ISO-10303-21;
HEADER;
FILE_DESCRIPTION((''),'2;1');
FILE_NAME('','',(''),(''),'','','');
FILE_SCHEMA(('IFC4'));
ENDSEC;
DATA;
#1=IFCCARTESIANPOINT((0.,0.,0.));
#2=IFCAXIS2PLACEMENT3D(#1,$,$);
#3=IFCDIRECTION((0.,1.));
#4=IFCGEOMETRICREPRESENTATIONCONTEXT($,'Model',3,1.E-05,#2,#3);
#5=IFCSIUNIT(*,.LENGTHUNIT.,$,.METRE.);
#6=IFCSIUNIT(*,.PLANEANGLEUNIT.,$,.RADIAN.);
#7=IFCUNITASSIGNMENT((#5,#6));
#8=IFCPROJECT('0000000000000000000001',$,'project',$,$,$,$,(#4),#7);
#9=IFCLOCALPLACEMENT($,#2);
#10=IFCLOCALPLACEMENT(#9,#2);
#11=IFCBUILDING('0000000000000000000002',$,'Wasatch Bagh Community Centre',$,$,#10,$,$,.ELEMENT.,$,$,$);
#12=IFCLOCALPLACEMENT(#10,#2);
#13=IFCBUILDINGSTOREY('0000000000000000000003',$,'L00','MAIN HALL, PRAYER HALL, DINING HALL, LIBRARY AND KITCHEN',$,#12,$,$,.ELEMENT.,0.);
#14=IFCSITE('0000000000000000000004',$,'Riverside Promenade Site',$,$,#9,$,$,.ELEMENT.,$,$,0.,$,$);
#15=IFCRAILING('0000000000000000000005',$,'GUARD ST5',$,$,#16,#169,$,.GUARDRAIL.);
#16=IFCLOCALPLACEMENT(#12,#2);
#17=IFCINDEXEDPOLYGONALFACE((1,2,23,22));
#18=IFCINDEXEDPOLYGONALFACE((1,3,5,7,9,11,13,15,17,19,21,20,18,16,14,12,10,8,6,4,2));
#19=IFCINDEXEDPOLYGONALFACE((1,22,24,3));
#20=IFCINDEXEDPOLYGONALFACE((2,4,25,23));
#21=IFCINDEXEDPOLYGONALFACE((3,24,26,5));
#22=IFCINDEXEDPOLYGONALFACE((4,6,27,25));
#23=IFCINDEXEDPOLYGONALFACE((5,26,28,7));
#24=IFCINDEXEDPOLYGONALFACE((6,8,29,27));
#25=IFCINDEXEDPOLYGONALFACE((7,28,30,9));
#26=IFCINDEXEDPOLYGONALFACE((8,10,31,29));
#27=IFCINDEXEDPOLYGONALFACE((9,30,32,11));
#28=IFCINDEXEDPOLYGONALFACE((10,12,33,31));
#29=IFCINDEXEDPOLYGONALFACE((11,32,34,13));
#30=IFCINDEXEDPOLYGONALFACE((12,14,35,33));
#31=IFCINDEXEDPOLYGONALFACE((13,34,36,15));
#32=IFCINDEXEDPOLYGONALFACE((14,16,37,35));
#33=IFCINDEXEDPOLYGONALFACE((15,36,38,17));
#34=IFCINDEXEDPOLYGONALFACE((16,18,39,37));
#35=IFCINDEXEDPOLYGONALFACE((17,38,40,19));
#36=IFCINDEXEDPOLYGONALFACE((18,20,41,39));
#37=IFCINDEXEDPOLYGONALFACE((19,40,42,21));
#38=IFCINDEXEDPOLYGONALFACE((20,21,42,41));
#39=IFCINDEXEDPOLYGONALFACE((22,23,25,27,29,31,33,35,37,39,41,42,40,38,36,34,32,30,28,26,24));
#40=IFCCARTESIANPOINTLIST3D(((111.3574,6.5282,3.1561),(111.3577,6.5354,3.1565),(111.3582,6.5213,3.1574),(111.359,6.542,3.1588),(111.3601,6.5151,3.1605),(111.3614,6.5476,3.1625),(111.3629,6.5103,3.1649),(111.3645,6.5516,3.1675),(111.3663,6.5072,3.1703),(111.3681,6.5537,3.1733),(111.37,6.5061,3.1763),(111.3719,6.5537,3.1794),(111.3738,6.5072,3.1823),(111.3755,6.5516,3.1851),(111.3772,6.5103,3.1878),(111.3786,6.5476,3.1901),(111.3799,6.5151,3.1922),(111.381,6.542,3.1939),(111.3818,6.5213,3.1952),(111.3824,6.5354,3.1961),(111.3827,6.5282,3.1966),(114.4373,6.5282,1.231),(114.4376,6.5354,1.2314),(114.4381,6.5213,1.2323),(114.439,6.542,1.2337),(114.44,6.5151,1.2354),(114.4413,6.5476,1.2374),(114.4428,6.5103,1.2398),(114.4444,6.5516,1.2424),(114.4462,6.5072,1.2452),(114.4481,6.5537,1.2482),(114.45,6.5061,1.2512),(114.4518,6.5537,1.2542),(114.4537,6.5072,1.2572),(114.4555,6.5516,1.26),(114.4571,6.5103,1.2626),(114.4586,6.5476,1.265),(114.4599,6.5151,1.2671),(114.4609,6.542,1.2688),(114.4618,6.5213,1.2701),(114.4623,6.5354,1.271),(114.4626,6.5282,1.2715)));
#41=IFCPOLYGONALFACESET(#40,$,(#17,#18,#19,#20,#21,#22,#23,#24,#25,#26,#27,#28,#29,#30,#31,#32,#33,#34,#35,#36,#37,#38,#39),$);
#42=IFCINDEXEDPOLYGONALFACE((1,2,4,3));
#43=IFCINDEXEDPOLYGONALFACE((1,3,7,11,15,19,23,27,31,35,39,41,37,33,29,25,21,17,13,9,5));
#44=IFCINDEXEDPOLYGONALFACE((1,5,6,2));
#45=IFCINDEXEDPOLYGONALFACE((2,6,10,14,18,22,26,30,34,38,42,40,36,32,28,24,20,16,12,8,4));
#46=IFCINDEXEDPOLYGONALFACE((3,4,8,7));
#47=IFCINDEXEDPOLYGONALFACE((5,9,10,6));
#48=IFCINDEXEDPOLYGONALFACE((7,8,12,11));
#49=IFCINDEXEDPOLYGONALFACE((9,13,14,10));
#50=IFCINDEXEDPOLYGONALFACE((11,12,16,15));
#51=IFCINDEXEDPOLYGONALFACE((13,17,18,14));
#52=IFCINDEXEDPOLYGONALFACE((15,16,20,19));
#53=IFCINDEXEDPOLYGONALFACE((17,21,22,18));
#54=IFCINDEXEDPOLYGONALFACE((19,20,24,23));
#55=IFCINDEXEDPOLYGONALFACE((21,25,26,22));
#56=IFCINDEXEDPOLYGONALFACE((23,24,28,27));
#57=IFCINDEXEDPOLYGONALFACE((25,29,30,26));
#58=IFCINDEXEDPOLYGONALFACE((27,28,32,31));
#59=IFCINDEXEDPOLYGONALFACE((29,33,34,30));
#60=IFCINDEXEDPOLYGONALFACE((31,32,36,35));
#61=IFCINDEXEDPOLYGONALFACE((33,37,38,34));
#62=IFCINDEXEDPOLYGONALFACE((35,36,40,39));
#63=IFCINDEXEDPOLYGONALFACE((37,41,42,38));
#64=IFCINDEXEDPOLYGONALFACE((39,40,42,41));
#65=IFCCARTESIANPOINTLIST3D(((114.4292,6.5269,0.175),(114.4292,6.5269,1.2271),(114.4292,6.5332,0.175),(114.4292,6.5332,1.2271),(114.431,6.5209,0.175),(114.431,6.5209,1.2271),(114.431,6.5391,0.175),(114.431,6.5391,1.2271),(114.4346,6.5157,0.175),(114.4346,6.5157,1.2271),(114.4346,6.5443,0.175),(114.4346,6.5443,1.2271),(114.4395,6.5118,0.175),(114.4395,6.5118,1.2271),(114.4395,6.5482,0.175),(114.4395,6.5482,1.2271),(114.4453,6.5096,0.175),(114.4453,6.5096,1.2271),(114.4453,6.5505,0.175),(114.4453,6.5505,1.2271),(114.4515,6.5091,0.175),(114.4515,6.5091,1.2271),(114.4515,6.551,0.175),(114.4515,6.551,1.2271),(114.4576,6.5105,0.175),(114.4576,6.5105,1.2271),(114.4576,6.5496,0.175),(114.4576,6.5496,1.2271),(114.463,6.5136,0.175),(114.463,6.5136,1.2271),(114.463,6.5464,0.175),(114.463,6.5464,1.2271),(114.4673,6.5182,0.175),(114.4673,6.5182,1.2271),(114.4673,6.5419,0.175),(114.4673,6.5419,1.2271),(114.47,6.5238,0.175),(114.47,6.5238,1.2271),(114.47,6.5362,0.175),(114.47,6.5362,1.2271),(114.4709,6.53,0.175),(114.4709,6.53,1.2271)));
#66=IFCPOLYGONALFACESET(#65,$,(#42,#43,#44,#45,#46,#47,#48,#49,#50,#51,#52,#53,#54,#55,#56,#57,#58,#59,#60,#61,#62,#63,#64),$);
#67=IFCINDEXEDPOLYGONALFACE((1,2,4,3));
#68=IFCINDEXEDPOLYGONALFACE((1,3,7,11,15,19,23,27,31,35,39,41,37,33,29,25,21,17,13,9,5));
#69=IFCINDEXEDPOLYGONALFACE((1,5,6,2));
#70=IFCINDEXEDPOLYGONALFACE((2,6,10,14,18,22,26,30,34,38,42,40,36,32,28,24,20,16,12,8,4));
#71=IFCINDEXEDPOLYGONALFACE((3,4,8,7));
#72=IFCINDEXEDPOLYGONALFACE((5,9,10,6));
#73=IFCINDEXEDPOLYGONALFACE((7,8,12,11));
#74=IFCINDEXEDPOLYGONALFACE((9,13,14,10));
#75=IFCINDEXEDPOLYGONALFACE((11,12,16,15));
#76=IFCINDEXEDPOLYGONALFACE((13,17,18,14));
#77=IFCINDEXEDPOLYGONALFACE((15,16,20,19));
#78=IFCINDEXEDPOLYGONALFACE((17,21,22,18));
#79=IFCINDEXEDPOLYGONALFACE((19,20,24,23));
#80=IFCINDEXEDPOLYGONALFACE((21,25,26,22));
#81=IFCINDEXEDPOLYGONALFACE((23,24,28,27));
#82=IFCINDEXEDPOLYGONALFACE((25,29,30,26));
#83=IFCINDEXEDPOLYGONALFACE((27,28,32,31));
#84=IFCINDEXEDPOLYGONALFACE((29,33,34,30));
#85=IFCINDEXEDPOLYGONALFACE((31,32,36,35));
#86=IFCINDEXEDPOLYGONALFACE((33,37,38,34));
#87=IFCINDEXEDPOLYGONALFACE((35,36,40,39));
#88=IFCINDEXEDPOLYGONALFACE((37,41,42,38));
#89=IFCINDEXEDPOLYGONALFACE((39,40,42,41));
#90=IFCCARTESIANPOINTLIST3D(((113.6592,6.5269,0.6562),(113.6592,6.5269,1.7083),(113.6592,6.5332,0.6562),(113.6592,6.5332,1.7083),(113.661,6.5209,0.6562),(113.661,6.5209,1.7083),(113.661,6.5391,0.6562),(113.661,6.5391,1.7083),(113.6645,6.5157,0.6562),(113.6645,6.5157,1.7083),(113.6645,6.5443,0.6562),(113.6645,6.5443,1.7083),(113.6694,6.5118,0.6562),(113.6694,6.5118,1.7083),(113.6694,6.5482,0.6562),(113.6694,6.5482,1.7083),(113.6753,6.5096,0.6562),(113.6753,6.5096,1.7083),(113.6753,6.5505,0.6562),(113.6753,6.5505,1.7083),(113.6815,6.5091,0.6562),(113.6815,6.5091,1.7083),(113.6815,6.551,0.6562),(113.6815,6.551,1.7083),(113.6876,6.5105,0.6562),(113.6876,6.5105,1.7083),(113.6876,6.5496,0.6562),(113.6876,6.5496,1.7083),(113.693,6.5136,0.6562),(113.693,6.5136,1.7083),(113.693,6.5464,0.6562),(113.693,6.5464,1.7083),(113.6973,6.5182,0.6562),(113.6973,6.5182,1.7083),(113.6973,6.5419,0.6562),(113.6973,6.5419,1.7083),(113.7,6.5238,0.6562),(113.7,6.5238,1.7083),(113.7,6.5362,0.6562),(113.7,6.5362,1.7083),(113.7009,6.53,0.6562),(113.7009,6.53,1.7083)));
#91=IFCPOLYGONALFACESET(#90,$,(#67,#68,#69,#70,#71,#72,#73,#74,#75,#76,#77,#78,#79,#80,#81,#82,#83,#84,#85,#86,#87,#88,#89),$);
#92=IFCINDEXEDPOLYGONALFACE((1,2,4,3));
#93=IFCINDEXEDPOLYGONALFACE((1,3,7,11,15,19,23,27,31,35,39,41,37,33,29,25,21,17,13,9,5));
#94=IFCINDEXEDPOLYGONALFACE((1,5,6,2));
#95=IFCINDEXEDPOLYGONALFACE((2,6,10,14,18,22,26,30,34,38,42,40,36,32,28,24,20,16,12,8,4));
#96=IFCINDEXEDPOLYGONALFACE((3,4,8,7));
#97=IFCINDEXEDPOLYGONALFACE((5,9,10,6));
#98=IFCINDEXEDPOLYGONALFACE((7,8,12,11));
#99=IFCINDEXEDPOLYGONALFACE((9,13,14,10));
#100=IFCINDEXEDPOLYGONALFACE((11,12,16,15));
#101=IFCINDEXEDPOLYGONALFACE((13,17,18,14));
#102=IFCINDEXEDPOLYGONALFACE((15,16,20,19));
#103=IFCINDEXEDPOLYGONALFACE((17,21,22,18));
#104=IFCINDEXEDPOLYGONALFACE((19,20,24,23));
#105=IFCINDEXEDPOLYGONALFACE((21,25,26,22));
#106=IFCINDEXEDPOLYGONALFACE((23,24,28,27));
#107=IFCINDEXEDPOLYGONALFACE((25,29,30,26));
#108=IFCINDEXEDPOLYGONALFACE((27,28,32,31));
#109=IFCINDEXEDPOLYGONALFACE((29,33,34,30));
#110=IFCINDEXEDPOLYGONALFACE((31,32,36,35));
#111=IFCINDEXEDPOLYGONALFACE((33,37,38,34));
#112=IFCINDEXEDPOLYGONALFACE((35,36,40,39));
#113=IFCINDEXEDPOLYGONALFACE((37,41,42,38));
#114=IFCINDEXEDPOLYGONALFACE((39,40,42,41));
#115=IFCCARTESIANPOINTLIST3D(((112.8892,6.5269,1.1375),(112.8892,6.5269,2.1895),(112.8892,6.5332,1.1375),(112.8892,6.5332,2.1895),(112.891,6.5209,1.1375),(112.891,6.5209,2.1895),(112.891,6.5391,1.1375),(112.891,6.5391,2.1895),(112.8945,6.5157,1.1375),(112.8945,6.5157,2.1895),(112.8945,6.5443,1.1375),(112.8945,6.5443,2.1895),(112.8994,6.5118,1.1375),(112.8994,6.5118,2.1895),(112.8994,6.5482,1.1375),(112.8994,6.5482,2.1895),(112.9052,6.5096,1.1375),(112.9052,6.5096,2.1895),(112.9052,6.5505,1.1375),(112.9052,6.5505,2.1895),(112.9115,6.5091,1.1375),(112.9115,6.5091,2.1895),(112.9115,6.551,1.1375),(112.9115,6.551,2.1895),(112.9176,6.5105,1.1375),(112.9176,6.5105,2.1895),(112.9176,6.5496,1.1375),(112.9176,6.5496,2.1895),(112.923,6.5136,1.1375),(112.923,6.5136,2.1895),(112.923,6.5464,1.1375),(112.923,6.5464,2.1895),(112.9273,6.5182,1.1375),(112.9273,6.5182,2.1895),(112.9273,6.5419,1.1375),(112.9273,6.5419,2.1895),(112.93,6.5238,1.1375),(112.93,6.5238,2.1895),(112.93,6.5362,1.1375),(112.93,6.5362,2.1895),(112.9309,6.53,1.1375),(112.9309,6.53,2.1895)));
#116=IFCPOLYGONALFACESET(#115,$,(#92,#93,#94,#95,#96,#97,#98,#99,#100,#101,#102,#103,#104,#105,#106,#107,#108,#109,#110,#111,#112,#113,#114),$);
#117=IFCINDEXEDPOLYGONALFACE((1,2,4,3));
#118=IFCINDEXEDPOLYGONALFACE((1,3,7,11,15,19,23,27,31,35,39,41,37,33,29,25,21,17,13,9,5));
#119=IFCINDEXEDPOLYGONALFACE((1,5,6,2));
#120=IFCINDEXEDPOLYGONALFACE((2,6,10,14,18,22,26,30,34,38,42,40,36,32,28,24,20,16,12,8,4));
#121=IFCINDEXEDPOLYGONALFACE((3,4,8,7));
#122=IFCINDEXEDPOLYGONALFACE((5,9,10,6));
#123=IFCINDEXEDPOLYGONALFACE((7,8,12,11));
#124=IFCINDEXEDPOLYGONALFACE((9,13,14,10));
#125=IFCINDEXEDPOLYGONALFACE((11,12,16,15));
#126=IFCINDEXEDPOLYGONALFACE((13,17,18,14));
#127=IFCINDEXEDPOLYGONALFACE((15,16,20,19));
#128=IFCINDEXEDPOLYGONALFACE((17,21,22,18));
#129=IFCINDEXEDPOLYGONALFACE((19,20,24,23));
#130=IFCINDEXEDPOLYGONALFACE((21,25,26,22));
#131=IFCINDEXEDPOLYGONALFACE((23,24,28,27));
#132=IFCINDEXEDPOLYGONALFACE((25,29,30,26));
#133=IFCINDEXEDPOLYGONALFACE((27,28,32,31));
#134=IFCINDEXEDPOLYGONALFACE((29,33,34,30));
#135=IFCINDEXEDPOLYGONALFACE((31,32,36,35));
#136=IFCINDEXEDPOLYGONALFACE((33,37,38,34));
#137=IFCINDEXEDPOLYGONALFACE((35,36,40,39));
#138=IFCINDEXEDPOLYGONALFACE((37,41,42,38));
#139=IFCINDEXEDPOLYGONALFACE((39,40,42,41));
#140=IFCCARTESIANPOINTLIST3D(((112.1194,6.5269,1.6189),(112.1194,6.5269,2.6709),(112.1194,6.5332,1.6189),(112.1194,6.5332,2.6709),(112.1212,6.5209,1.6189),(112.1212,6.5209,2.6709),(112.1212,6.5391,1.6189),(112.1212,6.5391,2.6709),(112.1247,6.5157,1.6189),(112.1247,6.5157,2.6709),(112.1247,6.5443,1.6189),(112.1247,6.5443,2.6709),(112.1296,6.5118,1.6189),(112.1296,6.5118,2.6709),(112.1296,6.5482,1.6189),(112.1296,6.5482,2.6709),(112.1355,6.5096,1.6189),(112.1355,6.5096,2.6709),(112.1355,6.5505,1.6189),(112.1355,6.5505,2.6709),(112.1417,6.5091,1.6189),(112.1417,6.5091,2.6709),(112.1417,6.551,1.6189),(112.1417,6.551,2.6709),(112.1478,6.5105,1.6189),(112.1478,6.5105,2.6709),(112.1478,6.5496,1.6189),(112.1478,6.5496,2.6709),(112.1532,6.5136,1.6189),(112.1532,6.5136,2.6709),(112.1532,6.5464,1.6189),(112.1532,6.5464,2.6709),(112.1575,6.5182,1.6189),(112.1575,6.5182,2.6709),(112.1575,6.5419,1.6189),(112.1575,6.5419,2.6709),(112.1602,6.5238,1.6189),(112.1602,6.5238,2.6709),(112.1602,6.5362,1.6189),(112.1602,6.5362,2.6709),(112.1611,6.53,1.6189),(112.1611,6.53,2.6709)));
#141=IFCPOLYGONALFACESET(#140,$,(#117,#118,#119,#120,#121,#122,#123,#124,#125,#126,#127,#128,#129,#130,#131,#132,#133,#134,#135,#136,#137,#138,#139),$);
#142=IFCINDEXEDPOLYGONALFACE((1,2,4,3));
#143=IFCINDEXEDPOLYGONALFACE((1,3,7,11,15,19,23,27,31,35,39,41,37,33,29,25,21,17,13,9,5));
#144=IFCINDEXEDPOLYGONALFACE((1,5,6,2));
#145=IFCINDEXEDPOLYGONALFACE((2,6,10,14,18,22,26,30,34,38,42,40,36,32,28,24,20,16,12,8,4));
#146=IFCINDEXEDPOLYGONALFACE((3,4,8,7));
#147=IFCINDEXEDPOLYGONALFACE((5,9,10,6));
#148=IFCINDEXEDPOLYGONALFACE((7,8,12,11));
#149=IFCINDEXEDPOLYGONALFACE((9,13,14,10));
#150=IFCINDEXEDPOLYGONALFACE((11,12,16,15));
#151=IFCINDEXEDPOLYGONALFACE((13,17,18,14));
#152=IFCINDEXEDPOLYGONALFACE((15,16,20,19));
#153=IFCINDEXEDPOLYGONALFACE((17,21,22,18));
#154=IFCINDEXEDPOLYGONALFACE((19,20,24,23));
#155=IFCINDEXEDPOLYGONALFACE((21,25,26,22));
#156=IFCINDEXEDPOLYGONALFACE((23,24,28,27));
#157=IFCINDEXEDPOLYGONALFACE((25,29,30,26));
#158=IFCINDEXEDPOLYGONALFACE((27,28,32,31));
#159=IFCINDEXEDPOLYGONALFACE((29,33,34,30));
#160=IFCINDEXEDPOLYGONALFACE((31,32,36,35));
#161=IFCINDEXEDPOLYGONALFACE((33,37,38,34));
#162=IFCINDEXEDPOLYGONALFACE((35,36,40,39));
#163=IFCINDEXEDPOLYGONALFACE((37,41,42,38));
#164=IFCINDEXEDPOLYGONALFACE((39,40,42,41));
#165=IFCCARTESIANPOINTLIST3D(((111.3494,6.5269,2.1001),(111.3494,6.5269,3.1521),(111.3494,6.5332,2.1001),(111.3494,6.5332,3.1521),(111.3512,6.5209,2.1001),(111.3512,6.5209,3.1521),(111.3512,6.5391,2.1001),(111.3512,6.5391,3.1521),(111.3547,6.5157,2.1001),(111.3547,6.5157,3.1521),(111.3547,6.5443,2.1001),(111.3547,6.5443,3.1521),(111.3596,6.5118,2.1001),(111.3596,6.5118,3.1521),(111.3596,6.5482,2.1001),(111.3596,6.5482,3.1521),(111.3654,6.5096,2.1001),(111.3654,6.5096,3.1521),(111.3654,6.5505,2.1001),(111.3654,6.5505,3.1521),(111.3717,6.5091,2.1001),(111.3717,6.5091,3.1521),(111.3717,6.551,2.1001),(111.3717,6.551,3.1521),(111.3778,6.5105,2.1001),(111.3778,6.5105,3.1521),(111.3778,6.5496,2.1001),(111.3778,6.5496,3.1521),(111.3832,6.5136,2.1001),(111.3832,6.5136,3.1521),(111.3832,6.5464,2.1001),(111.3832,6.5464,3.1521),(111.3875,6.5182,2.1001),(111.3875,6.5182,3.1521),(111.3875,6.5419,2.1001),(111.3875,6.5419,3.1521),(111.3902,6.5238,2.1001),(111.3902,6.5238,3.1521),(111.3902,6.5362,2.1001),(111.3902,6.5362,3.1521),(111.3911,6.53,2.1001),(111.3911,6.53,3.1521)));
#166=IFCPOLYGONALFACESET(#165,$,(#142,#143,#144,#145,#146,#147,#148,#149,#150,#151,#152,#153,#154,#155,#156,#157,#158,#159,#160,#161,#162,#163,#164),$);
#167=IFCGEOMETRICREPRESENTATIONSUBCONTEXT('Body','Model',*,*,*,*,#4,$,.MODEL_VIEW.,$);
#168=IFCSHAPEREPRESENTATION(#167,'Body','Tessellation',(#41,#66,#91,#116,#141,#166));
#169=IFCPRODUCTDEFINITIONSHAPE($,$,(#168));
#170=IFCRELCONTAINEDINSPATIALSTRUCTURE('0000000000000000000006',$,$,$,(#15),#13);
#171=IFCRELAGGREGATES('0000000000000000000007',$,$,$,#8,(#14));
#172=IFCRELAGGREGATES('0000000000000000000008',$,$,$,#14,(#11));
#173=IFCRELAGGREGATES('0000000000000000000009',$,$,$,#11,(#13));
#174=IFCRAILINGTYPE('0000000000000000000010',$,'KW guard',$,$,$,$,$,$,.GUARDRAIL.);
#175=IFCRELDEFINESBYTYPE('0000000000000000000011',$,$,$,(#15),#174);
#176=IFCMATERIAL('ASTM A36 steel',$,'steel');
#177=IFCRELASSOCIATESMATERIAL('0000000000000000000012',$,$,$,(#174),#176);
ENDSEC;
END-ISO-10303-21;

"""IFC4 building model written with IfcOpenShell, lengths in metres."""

from ifc_helpers import new_model, si_unit, direction, frame, origin, origin_2d, place, context, subcontext, project, spatial, circle, extrude, material, type_object, element, save


model = new_model("IFC4")

# Units and contexts
model_context = context("Model", 3, precision=1e-05, world=origin(), true_north=direction((0.0, 1.0)))
body_context = subcontext(model_context, "Body", "Model", "MODEL_VIEW")
ifc_project = project(units=[si_unit("LENGTHUNIT", "METRE"), si_unit("PLANEANGLEUNIT", "RADIAN")], contexts=[model_context])

# Site, building, storey
site_placement = place(None, origin())
site = spatial("IfcSite", under=ifc_project, at=site_placement, Name="Riverside Promenade Site", CompositionType="ELEMENT", RefElevation=0.0)
building_placement = place(site_placement, origin())
building = spatial("IfcBuilding", under=site, at=building_placement, Name="Wasatch Bagh Community Centre", CompositionType="ELEMENT")
storey_placement = place(building_placement, origin())
storey = spatial("IfcBuildingStorey", under=building, at=storey_placement, Name="L00", Description="MAIN HALL, PRAYER HALL, DINING HALL, LIBRARY AND KITCHEN", CompositionType="ELEMENT", Elevation=0.0)

# Railing
ifc_material_1 = material(Name="ASTM A36 steel", Category="steel")
railing_type_1 = type_object("IfcRailingType", Name="KW guard", PredefinedType="GUARDRAIL", material=ifc_material_1)
for number, where, name in (
    (1, (114.45, 6.53, 0.175), "GUARD ST5"),
):
    element("IfcRailing", number, at=place(storey_placement, frame(where)), inside=storey, type_object=railing_type_1, Name=name, PredefinedType="GUARDRAIL", context=body_context, shape_type="SweptSolid", body=[
        extrude(circle(Radius=0.0239, at=origin_2d()), frame((0.0, 0.0, 1.0762), z_axis=(-0.847979, 0.0, 0.530029), x_axis=(0.0, -1.0, 0.0)), (0.0, 0.0, 1.0), 3.6321),
        extrude(circle(Radius=0.021, at=origin_2d()), origin(), (0.0, 0.0, 1.0), 1.052),
        extrude(circle(Radius=0.021, at=origin_2d()), frame((-0.77, 0.0, 0.4812)), (0.0, 0.0, 1.0), 1.052),
        extrude(circle(Radius=0.021, at=origin_2d()), frame((-1.54, 0.0, 0.9624)), (0.0, 0.0, 1.0), 1.052),
        extrude(circle(Radius=0.021, at=origin_2d()), frame((-2.3098, 0.0, 1.4438)), (0.0, 0.0, 1.0), 1.052),
        extrude(circle(Radius=0.021, at=origin_2d()), frame((-3.0798, 0.0, 1.925)), (0.0, 0.0, 1.0), 1.052),
    ])

save(model, "model.ifc")
